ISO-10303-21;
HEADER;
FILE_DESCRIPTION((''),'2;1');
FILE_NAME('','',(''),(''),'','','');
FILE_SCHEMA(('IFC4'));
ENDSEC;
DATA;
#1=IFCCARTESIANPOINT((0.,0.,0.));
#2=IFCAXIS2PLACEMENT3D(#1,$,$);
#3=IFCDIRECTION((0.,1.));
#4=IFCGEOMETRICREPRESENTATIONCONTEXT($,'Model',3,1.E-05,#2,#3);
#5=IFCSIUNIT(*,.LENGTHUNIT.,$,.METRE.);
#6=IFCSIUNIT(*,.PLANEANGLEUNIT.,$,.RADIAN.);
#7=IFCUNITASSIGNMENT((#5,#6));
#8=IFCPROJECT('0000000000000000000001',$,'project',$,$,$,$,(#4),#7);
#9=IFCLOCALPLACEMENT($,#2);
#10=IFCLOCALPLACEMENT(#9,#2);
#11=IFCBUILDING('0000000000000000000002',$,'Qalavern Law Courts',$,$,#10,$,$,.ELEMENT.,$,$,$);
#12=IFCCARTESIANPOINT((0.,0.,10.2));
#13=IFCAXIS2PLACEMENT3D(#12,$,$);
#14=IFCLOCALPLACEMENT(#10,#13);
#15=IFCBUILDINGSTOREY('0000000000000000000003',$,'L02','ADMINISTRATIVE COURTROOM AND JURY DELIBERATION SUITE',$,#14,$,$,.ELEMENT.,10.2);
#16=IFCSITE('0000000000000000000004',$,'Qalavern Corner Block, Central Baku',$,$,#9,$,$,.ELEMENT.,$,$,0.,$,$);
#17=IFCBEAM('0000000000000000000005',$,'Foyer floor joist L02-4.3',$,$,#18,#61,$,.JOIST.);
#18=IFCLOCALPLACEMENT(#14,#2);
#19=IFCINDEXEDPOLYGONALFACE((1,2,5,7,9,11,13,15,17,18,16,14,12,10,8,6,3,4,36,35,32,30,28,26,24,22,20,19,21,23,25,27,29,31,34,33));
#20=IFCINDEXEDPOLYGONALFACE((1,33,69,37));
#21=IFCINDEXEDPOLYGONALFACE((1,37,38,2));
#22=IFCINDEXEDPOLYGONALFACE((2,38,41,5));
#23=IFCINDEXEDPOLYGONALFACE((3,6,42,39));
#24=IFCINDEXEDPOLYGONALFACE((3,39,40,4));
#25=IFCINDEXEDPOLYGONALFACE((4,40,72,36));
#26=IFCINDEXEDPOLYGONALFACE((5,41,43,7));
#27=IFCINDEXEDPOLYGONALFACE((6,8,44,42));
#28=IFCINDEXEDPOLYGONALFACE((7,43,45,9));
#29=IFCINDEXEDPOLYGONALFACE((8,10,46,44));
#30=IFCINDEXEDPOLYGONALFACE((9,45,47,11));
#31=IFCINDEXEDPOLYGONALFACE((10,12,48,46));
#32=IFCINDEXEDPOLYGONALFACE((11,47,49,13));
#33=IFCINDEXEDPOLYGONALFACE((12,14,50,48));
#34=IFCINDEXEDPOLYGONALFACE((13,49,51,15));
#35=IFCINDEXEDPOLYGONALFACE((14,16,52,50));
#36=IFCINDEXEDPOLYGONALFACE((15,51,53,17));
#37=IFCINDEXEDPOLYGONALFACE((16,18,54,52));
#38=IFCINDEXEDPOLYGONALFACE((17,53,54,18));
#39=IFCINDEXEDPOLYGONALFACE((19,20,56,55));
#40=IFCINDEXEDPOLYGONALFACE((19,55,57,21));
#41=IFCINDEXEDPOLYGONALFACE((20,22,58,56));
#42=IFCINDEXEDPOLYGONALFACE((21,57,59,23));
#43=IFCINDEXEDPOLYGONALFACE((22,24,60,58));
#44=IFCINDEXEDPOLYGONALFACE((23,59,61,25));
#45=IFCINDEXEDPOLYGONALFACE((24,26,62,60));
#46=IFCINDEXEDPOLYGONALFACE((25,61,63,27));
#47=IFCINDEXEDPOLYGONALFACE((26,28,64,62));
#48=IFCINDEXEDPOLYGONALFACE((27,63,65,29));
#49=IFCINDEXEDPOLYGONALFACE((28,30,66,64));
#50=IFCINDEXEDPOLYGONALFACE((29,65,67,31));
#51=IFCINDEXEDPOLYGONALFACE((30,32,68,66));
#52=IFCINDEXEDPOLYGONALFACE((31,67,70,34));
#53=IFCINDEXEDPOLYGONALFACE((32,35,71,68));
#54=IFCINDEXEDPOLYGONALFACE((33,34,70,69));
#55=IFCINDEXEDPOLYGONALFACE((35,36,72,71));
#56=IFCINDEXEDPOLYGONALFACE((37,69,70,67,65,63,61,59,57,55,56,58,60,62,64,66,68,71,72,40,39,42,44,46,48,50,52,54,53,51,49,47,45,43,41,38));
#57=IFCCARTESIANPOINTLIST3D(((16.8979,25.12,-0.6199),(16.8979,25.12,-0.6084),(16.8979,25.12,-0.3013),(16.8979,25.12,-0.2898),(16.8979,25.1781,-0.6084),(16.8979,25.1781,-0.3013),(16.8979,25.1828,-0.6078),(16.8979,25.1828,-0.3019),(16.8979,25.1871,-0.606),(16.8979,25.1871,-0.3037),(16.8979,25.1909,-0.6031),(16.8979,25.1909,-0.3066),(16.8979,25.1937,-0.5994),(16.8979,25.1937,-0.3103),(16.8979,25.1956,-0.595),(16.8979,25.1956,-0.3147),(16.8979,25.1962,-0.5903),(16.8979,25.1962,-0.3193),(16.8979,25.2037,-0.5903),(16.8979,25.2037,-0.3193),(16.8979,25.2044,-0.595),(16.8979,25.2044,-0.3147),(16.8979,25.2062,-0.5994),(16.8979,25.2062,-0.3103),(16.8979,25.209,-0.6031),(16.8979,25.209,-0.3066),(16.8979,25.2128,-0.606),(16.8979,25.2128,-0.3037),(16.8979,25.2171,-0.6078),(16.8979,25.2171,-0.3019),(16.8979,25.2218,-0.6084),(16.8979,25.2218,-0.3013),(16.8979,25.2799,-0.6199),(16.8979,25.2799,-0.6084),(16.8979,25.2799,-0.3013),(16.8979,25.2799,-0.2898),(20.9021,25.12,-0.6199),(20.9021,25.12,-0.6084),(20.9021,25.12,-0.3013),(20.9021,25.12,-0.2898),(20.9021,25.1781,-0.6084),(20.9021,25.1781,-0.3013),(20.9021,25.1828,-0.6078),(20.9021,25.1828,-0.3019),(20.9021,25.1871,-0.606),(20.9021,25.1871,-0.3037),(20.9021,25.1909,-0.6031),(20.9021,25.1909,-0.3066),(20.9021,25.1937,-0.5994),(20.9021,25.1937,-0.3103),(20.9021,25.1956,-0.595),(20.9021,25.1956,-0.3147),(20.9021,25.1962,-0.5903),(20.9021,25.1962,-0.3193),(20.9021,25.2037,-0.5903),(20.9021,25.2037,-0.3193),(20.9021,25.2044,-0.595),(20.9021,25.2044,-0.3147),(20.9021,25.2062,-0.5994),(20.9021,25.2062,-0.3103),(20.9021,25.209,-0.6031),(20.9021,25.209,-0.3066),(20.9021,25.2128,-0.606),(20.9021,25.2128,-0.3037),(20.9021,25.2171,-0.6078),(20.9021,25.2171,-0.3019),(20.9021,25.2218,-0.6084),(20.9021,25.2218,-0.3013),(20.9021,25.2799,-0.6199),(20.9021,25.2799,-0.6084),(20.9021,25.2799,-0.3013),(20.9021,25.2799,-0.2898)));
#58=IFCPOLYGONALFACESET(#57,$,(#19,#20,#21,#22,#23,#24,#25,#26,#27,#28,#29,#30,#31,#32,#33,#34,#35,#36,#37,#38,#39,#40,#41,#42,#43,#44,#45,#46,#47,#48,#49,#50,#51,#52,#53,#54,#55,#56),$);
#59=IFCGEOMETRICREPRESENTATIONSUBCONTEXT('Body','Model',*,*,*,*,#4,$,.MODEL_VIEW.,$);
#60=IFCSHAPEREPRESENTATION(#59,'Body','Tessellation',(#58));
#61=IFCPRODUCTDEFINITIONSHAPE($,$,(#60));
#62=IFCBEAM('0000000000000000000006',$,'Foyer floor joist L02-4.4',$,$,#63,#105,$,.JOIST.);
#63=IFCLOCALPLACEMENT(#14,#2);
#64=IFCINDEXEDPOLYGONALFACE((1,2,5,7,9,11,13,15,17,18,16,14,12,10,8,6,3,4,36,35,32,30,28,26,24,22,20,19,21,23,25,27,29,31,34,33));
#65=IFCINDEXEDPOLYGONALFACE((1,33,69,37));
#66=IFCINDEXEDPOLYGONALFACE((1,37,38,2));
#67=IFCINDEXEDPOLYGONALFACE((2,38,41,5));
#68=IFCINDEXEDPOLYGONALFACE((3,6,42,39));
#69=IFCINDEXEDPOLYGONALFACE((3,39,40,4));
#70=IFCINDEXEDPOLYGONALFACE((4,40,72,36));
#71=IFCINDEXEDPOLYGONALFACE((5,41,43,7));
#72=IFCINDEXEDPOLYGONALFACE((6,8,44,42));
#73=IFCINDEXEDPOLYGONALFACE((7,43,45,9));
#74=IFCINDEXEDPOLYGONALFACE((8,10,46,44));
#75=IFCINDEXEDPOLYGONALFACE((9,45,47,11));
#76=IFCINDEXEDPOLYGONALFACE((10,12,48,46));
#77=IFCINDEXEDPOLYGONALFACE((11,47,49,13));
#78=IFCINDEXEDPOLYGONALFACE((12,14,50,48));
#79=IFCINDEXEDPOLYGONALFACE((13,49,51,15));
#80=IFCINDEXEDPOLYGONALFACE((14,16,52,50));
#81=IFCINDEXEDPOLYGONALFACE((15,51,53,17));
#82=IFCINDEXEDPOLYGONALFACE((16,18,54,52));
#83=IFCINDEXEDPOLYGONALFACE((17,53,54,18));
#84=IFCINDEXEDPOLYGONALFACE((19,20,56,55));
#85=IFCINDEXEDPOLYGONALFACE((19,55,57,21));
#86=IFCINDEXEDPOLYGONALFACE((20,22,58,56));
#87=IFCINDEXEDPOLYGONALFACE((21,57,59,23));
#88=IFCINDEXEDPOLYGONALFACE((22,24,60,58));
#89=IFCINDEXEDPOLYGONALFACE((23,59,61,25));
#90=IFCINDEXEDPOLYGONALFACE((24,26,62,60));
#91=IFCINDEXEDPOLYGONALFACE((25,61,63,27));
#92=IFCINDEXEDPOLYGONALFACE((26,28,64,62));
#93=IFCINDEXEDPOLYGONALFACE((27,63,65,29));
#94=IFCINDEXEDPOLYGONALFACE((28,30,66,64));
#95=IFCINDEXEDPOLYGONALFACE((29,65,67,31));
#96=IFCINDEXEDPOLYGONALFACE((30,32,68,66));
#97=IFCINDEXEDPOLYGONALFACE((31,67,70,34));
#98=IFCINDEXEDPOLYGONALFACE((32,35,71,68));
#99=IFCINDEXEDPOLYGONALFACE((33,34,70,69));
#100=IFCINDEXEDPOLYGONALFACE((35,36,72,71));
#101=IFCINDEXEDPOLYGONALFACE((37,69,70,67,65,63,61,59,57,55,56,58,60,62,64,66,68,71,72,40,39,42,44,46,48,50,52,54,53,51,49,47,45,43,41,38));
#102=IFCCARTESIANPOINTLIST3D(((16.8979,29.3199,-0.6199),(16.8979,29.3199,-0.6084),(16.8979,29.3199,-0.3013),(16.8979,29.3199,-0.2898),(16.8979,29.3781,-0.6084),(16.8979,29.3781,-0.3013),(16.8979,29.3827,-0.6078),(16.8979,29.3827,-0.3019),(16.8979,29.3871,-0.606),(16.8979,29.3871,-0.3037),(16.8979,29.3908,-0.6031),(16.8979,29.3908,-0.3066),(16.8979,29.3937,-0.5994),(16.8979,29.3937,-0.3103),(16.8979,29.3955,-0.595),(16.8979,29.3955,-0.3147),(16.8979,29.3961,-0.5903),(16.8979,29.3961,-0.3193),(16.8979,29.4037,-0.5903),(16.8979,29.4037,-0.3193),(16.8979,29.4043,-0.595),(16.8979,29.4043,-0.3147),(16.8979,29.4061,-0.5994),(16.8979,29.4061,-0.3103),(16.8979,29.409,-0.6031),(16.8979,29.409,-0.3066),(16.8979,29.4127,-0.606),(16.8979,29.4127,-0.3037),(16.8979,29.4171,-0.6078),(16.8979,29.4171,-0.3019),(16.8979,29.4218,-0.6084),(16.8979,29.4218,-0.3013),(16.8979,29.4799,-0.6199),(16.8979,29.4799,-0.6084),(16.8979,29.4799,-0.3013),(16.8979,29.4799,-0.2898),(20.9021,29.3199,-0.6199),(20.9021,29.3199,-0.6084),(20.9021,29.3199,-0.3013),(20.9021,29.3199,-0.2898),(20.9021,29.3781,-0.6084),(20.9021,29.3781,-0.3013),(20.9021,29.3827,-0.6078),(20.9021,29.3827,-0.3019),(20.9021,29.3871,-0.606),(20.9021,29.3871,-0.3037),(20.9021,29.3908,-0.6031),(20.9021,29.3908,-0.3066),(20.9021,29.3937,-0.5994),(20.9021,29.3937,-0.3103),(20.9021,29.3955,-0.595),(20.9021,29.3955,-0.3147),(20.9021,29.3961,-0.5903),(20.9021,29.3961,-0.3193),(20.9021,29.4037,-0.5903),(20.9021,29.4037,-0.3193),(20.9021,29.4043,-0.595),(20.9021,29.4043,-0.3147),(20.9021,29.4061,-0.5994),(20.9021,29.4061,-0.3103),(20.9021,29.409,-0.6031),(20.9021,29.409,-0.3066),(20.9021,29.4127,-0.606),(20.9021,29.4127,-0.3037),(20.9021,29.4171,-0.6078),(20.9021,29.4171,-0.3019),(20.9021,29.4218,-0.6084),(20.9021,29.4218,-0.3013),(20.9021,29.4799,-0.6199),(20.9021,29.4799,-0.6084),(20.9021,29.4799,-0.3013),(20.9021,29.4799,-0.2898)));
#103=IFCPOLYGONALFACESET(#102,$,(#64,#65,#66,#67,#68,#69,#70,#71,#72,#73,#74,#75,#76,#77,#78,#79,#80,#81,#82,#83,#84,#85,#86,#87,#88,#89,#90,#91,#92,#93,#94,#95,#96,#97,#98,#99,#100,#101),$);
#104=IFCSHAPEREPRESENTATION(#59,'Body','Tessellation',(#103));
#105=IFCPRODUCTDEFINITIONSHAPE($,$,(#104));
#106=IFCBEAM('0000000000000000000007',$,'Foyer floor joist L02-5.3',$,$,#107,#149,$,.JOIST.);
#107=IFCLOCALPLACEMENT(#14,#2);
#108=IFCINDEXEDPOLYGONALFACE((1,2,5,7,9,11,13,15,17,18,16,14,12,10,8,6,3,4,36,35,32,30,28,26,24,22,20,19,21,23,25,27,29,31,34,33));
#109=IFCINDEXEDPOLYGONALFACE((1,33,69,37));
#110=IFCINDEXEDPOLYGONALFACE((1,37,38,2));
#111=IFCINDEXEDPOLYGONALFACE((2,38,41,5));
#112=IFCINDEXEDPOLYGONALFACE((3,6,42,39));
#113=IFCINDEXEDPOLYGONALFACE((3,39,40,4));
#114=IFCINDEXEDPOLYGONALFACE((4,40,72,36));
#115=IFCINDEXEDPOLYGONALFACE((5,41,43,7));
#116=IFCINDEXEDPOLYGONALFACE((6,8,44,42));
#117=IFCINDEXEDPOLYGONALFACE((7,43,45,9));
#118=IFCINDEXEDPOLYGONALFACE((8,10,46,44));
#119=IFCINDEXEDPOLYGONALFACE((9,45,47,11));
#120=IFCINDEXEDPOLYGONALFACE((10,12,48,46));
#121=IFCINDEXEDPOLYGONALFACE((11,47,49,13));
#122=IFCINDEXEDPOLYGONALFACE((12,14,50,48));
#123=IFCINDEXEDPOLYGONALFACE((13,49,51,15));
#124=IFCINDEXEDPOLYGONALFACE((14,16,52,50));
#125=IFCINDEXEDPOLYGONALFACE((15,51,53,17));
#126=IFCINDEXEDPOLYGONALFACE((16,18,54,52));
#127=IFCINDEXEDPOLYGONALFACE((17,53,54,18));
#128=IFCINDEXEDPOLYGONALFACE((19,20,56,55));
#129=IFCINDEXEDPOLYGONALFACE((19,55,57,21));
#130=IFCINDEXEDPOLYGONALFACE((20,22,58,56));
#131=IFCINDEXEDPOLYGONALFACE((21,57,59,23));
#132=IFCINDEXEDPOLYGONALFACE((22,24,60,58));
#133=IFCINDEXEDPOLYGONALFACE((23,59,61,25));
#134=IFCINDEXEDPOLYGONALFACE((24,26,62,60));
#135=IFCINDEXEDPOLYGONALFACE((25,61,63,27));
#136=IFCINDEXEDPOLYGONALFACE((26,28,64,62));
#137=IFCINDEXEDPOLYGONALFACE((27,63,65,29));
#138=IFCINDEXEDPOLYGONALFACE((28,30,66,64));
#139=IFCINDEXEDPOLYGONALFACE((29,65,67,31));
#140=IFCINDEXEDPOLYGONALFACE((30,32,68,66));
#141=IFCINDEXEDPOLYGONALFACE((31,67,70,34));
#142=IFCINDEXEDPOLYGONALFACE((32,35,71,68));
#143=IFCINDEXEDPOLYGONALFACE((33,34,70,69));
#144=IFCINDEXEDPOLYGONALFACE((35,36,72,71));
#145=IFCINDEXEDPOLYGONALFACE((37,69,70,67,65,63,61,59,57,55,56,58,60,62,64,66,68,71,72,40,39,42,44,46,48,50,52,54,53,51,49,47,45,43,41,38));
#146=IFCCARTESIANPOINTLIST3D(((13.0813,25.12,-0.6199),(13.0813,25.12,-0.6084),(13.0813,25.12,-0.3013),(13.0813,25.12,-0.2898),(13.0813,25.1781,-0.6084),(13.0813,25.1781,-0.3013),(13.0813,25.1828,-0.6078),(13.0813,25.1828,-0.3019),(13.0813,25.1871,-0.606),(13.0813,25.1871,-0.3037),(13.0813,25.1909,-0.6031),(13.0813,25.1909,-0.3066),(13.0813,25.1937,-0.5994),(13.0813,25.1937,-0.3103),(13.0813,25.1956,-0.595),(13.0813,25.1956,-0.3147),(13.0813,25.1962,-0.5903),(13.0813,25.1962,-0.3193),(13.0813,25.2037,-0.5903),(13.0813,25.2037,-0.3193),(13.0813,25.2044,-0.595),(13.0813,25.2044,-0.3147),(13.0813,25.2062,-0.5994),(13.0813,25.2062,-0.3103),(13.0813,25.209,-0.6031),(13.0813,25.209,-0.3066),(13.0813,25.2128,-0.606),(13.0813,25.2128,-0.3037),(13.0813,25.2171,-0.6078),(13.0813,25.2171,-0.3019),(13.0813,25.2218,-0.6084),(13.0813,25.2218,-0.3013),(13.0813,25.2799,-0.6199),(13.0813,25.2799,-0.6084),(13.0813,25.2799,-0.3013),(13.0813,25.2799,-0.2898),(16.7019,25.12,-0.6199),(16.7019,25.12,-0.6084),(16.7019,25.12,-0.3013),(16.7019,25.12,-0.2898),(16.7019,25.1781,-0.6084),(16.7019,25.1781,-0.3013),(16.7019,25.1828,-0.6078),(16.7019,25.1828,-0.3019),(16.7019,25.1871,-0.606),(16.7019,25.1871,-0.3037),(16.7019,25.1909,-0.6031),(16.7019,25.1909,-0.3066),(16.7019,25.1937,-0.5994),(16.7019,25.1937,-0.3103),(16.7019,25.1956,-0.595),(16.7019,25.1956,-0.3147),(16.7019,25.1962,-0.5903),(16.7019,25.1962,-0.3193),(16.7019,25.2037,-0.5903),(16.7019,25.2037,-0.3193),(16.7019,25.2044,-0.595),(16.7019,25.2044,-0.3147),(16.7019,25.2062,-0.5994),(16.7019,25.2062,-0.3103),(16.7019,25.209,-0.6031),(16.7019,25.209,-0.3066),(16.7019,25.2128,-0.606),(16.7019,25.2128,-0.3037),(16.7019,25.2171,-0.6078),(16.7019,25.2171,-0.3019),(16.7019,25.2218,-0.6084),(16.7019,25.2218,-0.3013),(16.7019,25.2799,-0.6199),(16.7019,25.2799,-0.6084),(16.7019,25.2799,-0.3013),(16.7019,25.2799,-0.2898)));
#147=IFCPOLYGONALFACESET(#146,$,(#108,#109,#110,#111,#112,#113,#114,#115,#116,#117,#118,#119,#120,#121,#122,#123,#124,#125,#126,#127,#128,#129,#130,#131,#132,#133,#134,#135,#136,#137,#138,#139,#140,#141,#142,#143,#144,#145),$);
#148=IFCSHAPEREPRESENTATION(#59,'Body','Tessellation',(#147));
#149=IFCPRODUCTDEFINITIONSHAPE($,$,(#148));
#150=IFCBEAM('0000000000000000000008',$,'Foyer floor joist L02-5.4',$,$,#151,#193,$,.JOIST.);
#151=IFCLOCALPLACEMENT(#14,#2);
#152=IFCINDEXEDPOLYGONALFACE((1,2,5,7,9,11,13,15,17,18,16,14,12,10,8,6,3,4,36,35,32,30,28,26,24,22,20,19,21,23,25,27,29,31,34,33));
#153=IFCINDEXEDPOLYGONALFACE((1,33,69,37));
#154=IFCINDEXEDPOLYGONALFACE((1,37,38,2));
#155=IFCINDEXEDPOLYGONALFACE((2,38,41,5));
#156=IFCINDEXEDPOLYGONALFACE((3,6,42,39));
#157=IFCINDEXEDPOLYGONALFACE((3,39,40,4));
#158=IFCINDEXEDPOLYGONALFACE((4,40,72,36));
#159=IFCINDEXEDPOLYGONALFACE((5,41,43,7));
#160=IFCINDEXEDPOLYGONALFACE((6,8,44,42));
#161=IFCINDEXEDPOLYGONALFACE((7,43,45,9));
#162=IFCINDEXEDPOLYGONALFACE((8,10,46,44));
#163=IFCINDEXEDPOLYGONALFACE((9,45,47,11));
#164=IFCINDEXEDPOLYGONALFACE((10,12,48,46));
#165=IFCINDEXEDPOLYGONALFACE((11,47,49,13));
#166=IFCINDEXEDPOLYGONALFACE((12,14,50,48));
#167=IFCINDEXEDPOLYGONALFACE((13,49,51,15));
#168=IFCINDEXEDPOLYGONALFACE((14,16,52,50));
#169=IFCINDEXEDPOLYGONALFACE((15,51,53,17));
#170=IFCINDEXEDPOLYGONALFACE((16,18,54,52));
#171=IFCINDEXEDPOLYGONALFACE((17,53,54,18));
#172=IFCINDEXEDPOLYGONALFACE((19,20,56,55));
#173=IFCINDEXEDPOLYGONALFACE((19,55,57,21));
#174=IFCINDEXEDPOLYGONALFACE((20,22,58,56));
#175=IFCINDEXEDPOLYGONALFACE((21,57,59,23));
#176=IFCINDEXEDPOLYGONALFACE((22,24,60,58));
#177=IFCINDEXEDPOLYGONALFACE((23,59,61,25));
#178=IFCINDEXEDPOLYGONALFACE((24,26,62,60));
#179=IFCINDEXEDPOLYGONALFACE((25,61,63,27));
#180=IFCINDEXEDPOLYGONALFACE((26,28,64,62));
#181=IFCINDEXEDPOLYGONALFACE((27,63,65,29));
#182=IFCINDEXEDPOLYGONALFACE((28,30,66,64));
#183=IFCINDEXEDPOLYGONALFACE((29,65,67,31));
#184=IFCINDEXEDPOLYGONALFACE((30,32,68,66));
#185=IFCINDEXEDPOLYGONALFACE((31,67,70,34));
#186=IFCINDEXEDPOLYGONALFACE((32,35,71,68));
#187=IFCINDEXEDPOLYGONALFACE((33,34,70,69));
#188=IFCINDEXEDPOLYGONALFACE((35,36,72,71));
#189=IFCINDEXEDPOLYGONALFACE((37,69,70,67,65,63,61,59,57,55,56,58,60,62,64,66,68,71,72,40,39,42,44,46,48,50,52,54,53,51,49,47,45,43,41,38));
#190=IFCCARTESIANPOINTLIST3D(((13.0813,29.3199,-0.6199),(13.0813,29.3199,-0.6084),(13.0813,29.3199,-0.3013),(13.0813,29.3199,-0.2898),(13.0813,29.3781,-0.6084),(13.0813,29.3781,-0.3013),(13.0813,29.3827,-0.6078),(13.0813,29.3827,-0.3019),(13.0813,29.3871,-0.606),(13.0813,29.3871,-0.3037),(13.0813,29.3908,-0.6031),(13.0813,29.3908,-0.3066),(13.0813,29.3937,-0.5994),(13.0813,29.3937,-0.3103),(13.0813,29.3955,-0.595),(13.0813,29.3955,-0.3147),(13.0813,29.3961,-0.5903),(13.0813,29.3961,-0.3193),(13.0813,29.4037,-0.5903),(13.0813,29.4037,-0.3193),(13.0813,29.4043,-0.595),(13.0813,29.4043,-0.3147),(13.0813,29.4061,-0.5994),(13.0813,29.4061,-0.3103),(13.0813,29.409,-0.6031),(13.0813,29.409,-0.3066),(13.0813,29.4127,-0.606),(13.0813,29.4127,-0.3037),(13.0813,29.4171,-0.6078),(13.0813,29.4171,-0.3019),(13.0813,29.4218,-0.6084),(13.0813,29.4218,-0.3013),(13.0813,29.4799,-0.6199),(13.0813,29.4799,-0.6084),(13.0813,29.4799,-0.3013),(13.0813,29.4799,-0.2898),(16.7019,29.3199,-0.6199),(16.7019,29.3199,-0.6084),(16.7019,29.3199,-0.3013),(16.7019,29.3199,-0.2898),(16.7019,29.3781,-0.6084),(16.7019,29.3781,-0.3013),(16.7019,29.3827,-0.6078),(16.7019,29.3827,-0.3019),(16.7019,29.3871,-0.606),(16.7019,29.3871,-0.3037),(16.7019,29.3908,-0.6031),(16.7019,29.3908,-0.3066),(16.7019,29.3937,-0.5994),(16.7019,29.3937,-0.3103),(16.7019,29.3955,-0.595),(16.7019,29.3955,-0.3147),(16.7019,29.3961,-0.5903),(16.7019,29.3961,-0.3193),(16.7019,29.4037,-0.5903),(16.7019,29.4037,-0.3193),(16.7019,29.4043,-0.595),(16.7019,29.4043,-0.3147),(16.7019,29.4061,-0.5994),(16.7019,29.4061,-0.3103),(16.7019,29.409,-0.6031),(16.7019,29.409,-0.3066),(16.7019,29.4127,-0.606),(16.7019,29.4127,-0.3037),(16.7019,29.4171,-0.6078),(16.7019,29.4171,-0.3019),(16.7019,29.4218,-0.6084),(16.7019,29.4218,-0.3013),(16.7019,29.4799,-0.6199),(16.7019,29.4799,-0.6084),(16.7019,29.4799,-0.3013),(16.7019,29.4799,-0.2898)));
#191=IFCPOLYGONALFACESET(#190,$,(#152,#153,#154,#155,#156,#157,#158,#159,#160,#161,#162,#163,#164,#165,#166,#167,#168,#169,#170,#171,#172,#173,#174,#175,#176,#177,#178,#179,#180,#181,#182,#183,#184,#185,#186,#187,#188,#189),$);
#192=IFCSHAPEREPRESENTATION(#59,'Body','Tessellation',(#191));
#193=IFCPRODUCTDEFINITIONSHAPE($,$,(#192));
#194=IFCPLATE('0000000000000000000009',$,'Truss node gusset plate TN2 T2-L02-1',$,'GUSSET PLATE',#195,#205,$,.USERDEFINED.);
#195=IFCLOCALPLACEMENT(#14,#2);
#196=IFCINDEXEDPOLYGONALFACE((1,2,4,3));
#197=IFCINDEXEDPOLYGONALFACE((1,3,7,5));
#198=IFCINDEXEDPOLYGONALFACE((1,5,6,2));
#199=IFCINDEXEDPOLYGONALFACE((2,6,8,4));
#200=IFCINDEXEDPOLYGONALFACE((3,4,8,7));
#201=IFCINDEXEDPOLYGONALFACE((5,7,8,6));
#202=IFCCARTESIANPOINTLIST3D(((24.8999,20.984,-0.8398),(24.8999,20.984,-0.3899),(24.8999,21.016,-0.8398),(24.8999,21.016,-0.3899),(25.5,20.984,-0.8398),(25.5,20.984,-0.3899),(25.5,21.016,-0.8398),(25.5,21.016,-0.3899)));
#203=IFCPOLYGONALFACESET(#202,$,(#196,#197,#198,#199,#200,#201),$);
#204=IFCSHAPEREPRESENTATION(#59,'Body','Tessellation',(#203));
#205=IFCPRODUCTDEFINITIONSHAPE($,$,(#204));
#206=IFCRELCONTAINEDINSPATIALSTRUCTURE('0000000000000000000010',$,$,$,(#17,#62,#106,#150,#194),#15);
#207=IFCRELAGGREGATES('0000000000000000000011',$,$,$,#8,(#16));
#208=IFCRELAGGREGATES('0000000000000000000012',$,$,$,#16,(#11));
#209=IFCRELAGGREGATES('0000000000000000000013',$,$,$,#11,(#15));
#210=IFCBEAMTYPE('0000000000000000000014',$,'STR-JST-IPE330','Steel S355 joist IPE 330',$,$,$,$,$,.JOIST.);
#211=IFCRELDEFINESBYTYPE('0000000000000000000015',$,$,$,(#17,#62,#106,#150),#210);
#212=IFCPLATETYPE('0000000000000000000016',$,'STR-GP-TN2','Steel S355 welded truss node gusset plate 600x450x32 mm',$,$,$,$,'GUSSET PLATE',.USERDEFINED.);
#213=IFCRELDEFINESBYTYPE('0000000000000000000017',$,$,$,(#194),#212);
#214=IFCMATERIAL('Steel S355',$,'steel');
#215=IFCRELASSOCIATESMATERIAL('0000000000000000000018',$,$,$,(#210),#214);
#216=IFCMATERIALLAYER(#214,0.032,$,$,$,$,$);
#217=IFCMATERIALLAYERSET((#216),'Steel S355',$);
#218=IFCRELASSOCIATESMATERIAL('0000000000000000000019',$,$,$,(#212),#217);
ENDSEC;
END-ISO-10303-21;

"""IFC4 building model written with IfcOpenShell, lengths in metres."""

from ifc_helpers import new_model, si_unit, direction, frame, origin, origin_2d, place, context, subcontext, project, spatial, rectangle, i_section, extrude, material, layer, layer_set, material_profile, profile_set, type_object, element, save


model = new_model("IFC4")

# Units and contexts
model_context = context("Model", 3, precision=1e-05, world=origin(), true_north=direction((0.0, 1.0)))
body_context = subcontext(model_context, "Body", "Model", "MODEL_VIEW")
ifc_project = project(units=[si_unit("LENGTHUNIT", "METRE"), si_unit("PLANEANGLEUNIT", "RADIAN")], contexts=[model_context])

# Site, building, storey
site_placement = place(None, origin())
site = spatial("IfcSite", under=ifc_project, at=site_placement, Name="Qalavern Corner Block, Central Baku", CompositionType="ELEMENT", RefElevation=0.0)
building_placement = place(site_placement, origin())
building = spatial("IfcBuilding", under=site, at=building_placement, Name="Qalavern Law Courts", CompositionType="ELEMENT")
storey_placement = place(building_placement, frame((0.0, 0.0, 10.2)))
storey = spatial("IfcBuildingStorey", under=building, at=storey_placement, Name="L02", Description="ADMINISTRATIVE COURTROOM AND JURY DELIBERATION SUITE", CompositionType="ELEMENT", Elevation=10.2)

# Shared definitions
ifc_material_1 = material(Name="Steel S355", Category="steel")

# Beams
ifc_material_profile_1 = material_profile(ifc_material_1, i_section(OverallWidth=0.1599, OverallDepth=0.3301, WebThickness=0.0076, FlangeThickness=0.0115, FilletRadius=0.0181, at=origin_2d()), Name="IPE 330")
ifc_profile_set_1 = profile_set([ifc_material_profile_1], Name="Steel S355")
beam_type_1 = type_object("IfcBeamType", Name="STR-JST-IPE330", Description="Steel S355 joist IPE 330", PredefinedType="JOIST", material=ifc_profile_set_1)
for number, where, z_axis, x_axis, name in (
    (1, (16.8979, 25.2, -0.4548), (1.0, 0.0, 0.0), (0.0, 1.0, 0.0), "Foyer floor joist L02-4.3"),
    (2, (16.8979, 29.3999, -0.4548), (1.0, 0.0, 0.0), (0.0, 1.0, 0.0), "Foyer floor joist L02-4.4"),
):
    element("IfcBeam", number, at=place(storey_placement, frame(where, z_axis=z_axis, x_axis=x_axis)), inside=storey, type_object=beam_type_1, Name=name, PredefinedType="JOIST", context=body_context, shape_type="SweptSolid", body=[
        extrude(i_section(OverallWidth=0.1599, OverallDepth=0.3301, WebThickness=0.0076, FlangeThickness=0.0115, FilletRadius=0.0181, at=origin_2d()), origin(), (0.0, 0.0, 1.0), 4.0042),
    ])
for number, where, z_axis, x_axis, name in (
    (3, (13.0813, 25.2, -0.4548), (1.0, 0.0, 0.0), (0.0, 1.0, 0.0), "Foyer floor joist L02-5.3"),
    (4, (13.0813, 29.3999, -0.4548), (1.0, 0.0, 0.0), (0.0, 1.0, 0.0), "Foyer floor joist L02-5.4"),
):
    element("IfcBeam", number, at=place(storey_placement, frame(where, z_axis=z_axis, x_axis=x_axis)), inside=storey, type_object=beam_type_1, Name=name, PredefinedType="JOIST", context=body_context, shape_type="SweptSolid", body=[
        extrude(i_section(OverallWidth=0.1599, OverallDepth=0.3301, WebThickness=0.0076, FlangeThickness=0.0115, FilletRadius=0.0181, at=origin_2d()), origin(), (0.0, 0.0, 1.0), 3.6206),
    ])

# Plate
ifc_layer_1 = layer(ifc_material_1, 0.032)
ifc_layer_set_1 = layer_set([ifc_layer_1], Name="Steel S355")
plate_type_1 = type_object("IfcPlateType", Name="STR-GP-TN2", Description="Steel S355 welded truss node gusset plate 600x450x32 mm", ElementType="GUSSET PLATE", PredefinedType="USERDEFINED", material=ifc_layer_set_1)
plate_1_placement = place(storey_placement, frame((25.2, 21.0, -0.8398), z_axis=(0.0, 0.0, 1.0), x_axis=(1.0, 0.0, 0.0)))
element("IfcPlate", 5, at=plate_1_placement, inside=storey, type_object=plate_type_1, Name="Truss node gusset plate TN2 T2-L02-1", ObjectType="GUSSET PLATE", PredefinedType="USERDEFINED", context=body_context, shape_type="SweptSolid", body=[
    extrude(rectangle(XDim=0.6001, YDim=0.032, at=origin_2d()), origin(), (0.0, 0.0, 1.0), 0.45),
])

save(model, "model.ifc")
